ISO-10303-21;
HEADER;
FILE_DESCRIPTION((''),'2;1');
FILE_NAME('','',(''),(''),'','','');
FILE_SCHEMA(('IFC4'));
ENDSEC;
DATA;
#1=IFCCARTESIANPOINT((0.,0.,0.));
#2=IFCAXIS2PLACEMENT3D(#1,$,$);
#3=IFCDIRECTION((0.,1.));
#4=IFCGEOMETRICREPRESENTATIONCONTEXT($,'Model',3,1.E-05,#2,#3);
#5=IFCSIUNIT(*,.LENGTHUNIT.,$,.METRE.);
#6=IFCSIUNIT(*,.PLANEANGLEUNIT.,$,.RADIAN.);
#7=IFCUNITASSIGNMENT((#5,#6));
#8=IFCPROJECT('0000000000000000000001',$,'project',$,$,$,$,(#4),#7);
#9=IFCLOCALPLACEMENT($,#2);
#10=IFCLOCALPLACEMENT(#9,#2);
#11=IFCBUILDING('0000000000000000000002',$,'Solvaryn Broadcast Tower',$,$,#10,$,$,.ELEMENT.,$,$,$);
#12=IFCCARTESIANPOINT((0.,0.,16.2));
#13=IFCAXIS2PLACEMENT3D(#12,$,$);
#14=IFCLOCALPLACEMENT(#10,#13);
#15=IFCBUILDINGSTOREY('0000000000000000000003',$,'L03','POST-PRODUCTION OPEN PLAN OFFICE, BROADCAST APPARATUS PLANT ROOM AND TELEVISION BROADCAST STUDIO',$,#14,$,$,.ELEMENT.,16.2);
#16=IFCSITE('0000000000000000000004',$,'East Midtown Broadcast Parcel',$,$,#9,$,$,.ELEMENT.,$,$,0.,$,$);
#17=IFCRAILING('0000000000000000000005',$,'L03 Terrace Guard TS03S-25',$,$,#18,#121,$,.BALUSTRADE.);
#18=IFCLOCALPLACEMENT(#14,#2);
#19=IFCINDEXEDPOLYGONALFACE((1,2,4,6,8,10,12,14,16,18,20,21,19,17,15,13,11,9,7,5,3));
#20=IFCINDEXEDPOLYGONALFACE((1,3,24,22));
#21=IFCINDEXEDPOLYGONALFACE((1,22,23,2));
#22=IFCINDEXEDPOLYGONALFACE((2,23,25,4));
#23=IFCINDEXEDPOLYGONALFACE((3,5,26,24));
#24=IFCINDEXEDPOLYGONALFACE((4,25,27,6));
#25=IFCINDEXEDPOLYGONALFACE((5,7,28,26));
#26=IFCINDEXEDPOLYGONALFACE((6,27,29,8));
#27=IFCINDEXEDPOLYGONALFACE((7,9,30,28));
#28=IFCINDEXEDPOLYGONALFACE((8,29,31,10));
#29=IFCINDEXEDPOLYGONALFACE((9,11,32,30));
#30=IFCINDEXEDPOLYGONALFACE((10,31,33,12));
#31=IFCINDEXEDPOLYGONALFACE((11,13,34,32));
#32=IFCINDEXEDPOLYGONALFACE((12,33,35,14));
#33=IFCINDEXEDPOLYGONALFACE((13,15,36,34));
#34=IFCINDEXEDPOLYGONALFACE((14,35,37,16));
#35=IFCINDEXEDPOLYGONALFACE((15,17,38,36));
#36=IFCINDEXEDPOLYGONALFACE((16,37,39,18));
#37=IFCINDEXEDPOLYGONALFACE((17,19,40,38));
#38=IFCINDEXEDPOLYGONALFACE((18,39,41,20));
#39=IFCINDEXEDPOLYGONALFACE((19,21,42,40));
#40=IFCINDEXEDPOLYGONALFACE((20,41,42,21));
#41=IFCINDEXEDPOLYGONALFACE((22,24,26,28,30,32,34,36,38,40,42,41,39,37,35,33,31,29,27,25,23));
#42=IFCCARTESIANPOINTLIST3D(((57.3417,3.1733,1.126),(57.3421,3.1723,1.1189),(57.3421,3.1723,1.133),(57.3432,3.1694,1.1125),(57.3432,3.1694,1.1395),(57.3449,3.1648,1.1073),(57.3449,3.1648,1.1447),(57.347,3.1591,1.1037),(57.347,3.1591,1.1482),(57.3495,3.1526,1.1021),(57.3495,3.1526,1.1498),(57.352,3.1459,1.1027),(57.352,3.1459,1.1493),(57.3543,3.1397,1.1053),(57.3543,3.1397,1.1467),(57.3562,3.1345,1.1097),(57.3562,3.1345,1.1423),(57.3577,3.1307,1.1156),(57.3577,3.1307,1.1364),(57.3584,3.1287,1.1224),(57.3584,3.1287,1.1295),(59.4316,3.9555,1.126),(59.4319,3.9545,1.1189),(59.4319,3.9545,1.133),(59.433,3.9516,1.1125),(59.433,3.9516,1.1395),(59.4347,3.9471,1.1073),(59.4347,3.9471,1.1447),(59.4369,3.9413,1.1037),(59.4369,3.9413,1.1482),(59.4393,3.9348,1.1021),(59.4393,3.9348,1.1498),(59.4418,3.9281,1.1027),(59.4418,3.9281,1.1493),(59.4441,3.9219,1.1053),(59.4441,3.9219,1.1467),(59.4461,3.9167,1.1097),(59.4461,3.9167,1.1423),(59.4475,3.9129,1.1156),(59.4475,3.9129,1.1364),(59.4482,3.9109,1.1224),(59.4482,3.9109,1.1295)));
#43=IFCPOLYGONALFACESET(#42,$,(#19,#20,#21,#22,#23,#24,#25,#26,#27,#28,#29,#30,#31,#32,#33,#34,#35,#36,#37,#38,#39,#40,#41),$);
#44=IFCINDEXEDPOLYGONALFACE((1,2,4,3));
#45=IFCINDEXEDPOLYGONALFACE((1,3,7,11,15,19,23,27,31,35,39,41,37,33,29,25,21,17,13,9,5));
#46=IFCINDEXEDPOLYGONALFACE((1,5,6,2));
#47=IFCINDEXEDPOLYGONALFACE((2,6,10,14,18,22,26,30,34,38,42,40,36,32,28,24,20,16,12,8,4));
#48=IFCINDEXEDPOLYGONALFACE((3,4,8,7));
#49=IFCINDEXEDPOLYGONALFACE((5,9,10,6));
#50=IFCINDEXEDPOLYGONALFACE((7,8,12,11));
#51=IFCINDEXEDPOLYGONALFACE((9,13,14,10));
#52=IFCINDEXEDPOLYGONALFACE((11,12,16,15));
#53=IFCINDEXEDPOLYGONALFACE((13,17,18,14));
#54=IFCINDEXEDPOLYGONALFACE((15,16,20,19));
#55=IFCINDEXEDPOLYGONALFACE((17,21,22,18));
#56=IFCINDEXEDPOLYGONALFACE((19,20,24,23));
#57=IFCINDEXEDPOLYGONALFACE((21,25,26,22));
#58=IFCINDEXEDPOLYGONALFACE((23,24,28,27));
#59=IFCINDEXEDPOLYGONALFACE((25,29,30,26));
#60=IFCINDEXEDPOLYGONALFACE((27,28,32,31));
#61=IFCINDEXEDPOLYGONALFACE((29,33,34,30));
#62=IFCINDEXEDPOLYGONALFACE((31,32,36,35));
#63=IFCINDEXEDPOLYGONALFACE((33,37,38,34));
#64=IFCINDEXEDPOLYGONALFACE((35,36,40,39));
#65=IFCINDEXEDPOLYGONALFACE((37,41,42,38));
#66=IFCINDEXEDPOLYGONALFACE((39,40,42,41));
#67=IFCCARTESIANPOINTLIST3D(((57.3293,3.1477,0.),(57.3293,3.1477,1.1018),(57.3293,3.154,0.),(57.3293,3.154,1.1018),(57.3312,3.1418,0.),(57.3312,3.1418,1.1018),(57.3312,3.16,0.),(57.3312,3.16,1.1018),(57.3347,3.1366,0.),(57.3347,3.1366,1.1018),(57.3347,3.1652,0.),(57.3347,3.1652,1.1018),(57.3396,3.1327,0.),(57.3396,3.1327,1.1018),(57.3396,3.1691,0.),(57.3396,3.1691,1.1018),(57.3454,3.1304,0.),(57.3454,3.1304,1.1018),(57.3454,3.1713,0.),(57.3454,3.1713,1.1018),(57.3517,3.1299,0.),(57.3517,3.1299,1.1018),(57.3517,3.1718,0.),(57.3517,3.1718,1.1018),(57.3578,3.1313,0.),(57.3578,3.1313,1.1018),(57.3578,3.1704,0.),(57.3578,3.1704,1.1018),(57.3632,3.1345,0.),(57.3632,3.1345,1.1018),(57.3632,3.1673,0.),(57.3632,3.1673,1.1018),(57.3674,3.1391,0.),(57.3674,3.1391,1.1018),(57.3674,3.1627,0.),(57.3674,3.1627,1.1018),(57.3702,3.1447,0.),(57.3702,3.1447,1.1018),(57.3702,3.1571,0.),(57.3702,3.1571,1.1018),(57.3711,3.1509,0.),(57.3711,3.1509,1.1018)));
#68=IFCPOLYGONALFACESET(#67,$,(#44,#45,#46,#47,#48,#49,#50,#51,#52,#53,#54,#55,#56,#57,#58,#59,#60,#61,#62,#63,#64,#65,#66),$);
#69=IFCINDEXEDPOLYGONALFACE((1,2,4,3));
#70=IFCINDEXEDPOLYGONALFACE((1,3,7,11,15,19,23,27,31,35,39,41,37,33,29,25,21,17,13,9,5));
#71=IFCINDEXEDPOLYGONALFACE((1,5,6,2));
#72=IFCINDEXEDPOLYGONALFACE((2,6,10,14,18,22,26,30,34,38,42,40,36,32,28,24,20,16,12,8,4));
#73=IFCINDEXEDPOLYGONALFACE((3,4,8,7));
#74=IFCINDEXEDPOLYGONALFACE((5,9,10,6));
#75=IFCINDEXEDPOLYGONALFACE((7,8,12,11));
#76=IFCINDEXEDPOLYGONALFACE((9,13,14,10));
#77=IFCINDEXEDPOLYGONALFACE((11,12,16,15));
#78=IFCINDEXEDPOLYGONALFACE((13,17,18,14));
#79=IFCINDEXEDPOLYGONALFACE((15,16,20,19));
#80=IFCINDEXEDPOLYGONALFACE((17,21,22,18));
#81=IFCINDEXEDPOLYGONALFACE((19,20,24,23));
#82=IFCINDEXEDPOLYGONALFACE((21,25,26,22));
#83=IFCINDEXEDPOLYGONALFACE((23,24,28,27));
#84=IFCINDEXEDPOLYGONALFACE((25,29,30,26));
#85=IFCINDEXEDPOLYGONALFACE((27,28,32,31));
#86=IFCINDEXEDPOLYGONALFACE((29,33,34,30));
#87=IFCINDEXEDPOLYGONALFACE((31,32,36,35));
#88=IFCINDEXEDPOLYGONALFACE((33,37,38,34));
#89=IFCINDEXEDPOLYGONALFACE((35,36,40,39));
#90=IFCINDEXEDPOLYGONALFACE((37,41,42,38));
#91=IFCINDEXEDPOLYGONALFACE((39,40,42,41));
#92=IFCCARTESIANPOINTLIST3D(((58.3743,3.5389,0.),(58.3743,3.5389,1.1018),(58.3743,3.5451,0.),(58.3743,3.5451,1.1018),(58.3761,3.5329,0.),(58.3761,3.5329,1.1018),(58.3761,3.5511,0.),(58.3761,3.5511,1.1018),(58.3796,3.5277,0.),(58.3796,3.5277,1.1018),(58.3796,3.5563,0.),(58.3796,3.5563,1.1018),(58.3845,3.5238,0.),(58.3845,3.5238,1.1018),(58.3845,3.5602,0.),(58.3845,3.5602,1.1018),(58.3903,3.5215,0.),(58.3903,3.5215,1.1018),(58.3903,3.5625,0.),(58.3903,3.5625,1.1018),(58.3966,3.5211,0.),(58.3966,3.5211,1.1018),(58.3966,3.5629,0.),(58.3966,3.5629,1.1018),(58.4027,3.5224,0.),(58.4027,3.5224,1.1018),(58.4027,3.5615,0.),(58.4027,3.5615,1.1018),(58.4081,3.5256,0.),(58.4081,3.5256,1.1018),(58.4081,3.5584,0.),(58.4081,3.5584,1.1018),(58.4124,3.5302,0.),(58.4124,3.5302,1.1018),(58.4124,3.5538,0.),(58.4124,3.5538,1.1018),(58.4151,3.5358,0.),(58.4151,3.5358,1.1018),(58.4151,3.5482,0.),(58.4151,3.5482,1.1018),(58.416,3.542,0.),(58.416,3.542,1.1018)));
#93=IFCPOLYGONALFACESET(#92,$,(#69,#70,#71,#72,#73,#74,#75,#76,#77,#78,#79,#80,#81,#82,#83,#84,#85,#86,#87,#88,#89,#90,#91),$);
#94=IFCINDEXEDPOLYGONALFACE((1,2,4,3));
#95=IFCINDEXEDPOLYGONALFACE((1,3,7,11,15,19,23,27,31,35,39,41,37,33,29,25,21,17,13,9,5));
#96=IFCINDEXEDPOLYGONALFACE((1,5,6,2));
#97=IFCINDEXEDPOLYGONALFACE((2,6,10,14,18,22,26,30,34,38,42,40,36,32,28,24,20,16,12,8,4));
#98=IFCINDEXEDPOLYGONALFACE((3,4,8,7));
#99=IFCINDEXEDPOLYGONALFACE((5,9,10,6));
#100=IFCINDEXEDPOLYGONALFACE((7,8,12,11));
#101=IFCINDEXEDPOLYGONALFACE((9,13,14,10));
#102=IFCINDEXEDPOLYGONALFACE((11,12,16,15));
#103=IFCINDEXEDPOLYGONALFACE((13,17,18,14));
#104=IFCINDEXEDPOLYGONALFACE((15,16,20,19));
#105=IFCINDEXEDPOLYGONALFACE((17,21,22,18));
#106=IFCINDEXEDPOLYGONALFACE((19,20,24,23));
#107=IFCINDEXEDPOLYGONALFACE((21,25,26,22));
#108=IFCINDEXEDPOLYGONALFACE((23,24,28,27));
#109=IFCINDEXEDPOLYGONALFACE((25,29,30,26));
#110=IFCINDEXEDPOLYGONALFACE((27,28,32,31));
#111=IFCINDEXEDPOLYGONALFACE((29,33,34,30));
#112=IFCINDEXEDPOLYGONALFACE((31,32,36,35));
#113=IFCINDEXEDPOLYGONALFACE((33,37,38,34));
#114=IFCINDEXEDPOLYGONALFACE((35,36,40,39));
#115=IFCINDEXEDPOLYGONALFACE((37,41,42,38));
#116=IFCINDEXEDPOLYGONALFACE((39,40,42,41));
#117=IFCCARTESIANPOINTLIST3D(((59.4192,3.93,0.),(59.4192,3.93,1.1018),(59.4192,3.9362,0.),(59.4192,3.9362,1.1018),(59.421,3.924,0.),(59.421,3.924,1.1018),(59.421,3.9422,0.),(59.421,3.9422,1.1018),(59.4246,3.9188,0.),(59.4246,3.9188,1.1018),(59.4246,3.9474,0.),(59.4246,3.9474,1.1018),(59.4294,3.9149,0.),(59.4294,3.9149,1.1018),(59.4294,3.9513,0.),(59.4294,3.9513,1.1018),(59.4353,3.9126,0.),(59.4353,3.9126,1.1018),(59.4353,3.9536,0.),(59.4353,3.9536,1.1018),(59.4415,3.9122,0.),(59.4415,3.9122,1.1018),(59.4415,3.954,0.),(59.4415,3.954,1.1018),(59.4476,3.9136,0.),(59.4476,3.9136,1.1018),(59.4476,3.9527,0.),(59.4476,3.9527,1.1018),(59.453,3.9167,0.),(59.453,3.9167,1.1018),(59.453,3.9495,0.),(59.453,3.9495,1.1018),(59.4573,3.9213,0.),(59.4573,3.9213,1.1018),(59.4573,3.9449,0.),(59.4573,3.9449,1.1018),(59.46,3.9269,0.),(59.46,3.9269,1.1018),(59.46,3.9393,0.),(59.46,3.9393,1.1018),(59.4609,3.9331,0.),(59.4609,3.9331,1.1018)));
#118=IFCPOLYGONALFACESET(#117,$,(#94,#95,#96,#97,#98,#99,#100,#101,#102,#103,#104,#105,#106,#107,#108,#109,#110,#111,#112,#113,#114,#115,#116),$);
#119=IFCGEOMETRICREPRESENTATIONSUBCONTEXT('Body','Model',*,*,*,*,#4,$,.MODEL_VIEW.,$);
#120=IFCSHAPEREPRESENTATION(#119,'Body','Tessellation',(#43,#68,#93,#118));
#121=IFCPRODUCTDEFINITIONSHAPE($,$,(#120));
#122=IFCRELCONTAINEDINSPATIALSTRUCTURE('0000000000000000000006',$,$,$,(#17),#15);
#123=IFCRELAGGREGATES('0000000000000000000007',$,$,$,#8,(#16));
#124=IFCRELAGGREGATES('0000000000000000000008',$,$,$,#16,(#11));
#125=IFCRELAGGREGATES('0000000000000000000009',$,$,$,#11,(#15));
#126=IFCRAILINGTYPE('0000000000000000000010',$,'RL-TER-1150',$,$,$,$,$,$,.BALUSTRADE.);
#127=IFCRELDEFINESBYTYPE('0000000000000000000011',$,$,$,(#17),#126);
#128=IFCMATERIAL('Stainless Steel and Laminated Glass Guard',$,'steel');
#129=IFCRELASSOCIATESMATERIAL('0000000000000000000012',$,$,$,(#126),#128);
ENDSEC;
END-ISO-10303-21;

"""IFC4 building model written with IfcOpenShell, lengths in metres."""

from ifc_helpers import new_model, si_unit, direction, frame, origin, origin_2d, place, context, subcontext, project, spatial, circle, extrude, material, type_object, element, save


model = new_model("IFC4")

# Units and contexts
model_context = context("Model", 3, precision=1e-05, world=origin(), true_north=direction((0.0, 1.0)))
body_context = subcontext(model_context, "Body", "Model", "MODEL_VIEW")
ifc_project = project(units=[si_unit("LENGTHUNIT", "METRE"), si_unit("PLANEANGLEUNIT", "RADIAN")], contexts=[model_context])

# Site, building, storey
site_placement = place(None, origin())
site = spatial("IfcSite", under=ifc_project, at=site_placement, Name="East Midtown Broadcast Parcel", CompositionType="ELEMENT", RefElevation=0.0)
building_placement = place(site_placement, origin())
building = spatial("IfcBuilding", under=site, at=building_placement, Name="Solvaryn Broadcast Tower", CompositionType="ELEMENT")
storey_placement = place(building_placement, frame((0.0, 0.0, 16.2)))
storey = spatial("IfcBuildingStorey", under=building, at=storey_placement, Name="L03", Description="POST-PRODUCTION OPEN PLAN OFFICE, BROADCAST APPARATUS PLANT ROOM AND TELEVISION BROADCAST STUDIO", CompositionType="ELEMENT", Elevation=16.2)

# Railing
ifc_material_1 = material(Name="Stainless Steel and Laminated Glass Guard", Category="steel")
railing_type = type_object("IfcRailingType", Name="RL-TER-1150", PredefinedType="BALUSTRADE", material=ifc_material_1)
railing_1_placement = place(storey_placement, frame((57.3501, 3.1509, 0.0)))
element("IfcRailing", 1, at=railing_1_placement, inside=storey, type_object=railing_type, Name="L03 Terrace Guard TS03S-25", PredefinedType="BALUSTRADE", context=body_context, shape_type="SweptSolid", body=[
    extrude(circle(Radius=0.0239, at=origin_2d()), frame((0.0, 0.0, 1.126), z_axis=(0.936545, 0.350548, 0.0), x_axis=(-0.350548, 0.936545, 0.0)), (0.0, 0.0, 1.0), 2.2314),
    extrude(circle(Radius=0.021, at=origin_2d()), origin(), (0.0, 0.0, 1.0), 1.1018),
    extrude(circle(Radius=0.021, at=origin_2d()), frame((1.0449, 0.3911, 0.0)), (0.0, 0.0, 1.0), 1.1018),
    extrude(circle(Radius=0.021, at=origin_2d()), frame((2.0898, 0.7822, 0.0)), (0.0, 0.0, 1.0), 1.1018),
])

save(model, "model.ifc")
